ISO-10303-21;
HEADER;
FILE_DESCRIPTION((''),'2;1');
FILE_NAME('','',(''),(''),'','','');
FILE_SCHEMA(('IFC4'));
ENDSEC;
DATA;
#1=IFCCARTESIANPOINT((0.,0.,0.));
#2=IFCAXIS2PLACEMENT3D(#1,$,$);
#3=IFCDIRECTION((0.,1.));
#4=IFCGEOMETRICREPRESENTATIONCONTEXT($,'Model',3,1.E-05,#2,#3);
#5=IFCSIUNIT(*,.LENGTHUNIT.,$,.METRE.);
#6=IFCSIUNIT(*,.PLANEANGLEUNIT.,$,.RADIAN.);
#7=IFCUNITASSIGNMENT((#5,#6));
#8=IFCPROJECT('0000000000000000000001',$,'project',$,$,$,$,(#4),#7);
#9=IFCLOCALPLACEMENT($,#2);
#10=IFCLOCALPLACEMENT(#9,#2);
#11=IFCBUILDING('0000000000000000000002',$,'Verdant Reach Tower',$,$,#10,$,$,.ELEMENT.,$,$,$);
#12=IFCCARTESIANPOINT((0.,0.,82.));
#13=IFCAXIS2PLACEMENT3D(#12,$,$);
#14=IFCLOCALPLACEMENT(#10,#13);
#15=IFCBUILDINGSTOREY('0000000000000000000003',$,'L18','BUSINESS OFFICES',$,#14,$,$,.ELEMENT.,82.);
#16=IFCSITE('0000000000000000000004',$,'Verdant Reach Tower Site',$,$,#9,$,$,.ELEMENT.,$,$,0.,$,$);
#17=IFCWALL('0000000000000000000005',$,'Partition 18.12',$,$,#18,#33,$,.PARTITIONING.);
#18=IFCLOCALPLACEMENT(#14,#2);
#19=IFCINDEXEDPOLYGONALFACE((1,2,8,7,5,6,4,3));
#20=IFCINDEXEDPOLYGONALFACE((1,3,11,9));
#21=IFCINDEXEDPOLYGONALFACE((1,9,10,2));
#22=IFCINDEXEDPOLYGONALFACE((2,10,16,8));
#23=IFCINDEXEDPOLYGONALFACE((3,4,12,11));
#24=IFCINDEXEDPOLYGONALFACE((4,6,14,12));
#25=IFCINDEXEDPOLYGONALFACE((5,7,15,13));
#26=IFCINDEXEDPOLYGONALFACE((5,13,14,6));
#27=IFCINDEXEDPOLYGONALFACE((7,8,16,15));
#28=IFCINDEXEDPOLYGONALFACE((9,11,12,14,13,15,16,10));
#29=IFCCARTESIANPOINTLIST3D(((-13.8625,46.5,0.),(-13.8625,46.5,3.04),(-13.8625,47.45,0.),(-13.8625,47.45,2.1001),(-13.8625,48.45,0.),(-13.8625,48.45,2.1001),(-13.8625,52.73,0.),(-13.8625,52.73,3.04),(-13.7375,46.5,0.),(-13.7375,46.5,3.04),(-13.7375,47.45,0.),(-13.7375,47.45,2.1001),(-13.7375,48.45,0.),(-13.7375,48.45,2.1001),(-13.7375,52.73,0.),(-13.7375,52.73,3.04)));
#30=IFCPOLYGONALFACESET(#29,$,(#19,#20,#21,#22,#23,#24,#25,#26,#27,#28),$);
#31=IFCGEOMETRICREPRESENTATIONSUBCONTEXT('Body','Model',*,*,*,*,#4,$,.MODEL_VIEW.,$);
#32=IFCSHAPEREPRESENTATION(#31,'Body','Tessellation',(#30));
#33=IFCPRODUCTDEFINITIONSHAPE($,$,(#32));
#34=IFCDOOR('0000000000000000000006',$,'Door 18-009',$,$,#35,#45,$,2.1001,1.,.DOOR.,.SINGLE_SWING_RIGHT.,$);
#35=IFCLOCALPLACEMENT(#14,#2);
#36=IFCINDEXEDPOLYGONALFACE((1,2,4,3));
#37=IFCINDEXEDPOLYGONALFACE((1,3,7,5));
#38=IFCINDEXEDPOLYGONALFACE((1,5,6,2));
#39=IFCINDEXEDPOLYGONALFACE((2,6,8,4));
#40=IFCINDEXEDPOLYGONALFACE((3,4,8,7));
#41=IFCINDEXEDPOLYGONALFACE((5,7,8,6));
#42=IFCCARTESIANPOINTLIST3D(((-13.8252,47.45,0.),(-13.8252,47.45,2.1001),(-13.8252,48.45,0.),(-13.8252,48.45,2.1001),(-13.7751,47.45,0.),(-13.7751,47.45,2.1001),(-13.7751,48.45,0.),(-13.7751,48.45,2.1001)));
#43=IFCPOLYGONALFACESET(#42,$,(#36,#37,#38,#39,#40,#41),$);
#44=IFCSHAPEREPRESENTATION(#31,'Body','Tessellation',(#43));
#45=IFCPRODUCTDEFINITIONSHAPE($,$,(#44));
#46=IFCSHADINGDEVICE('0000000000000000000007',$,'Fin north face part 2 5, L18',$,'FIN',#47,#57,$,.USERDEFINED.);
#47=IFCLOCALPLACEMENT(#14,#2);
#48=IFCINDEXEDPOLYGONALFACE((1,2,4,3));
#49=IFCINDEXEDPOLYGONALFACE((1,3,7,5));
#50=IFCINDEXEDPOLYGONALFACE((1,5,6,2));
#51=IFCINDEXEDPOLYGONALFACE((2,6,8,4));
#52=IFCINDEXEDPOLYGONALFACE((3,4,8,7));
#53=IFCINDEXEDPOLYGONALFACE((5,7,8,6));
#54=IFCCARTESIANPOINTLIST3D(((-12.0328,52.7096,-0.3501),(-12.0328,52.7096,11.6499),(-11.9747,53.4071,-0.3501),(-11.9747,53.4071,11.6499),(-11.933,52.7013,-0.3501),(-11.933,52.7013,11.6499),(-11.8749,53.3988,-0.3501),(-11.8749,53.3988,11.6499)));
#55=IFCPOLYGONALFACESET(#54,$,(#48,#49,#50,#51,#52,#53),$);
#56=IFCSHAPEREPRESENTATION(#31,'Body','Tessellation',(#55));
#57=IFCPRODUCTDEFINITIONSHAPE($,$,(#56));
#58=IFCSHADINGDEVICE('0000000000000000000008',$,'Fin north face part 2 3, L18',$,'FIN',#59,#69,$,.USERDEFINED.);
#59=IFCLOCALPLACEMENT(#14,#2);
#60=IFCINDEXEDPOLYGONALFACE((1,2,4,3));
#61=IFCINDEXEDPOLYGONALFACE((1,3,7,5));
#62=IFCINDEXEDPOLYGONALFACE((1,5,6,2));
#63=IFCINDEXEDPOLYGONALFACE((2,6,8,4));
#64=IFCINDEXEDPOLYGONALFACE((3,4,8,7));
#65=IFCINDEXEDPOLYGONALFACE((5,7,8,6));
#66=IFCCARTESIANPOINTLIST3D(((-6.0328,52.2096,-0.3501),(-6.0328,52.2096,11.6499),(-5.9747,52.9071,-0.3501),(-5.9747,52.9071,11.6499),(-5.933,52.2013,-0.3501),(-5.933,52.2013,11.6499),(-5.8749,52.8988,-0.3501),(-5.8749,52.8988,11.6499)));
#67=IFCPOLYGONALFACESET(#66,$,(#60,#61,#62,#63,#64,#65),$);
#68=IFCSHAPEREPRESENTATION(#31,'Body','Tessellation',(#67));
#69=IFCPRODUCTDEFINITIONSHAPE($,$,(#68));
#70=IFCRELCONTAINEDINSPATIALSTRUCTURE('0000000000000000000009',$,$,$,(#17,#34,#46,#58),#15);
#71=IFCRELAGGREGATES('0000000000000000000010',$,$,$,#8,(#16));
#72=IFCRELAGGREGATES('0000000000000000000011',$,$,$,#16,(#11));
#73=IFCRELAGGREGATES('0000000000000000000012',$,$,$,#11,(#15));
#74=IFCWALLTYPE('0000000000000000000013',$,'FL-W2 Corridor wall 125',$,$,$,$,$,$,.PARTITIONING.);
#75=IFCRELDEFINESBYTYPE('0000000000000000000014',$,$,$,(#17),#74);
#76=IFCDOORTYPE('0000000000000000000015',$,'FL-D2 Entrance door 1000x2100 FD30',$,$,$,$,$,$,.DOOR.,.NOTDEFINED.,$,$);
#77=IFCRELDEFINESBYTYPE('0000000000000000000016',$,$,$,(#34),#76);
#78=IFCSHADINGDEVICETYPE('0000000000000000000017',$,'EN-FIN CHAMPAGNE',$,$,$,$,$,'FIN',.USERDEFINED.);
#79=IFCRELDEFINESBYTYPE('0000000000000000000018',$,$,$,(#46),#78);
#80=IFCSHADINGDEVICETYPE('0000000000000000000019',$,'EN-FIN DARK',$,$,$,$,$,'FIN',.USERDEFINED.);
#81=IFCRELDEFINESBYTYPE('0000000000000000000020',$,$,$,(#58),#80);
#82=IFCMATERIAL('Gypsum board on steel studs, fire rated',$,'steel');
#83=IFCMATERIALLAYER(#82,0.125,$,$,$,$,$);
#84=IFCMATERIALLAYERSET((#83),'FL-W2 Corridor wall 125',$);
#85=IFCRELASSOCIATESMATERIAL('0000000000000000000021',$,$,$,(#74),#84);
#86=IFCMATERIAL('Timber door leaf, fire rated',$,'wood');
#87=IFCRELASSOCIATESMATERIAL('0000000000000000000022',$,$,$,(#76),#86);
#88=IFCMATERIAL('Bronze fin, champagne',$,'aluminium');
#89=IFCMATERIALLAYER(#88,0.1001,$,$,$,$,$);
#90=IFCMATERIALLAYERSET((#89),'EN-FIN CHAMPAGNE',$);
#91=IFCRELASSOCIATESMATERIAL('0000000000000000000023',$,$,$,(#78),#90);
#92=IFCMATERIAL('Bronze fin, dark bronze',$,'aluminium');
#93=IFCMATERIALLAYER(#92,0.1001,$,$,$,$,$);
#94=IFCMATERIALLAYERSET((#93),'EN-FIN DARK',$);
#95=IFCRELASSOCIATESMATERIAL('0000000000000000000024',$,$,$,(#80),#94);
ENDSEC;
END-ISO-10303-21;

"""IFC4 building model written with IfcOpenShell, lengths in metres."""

from ifc_helpers import new_model, si_unit, direction, frame, frame_2d, origin, origin_2d, place, context, subcontext, project, spatial, rectangle, extrude, material, layer, layer_set, type_object, element, fill, save


model = new_model("IFC4")

# Units and contexts
model_context = context("Model", 3, precision=1e-05, world=origin(), true_north=direction((0.0, 1.0)))
body_context = subcontext(model_context, "Body", "Model", "MODEL_VIEW")
ifc_project = project(units=[si_unit("LENGTHUNIT", "METRE"), si_unit("PLANEANGLEUNIT", "RADIAN")], contexts=[model_context])

# Site, building, storey
site_placement = place(None, origin())
site = spatial("IfcSite", under=ifc_project, at=site_placement, Name="Verdant Reach Tower Site", CompositionType="ELEMENT", RefElevation=0.0)
building_placement = place(site_placement, origin())
building = spatial("IfcBuilding", under=site, at=building_placement, Name="Verdant Reach Tower", CompositionType="ELEMENT")
storey_placement = place(building_placement, frame((0.0, 0.0, 82.0)))
storey = spatial("IfcBuildingStorey", under=building, at=storey_placement, Name="L18", Description="BUSINESS OFFICES", CompositionType="ELEMENT", Elevation=82.0)

# Shared definitions
ifc_material_1 = material(Name="Gypsum board on steel studs, fire rated", Category="steel")
ifc_layer_1 = layer(ifc_material_1, 0.125)
ifc_layer_set_1 = layer_set([ifc_layer_1], Name="FL-W2 Corridor wall 125")
wall_type_1 = type_object("IfcWallType", Name="FL-W2 Corridor wall 125", PredefinedType="PARTITIONING", material=ifc_layer_set_1)
ifc_material_2 = material(Name="Timber door leaf, fire rated", Category="wood")
door_type_1 = type_object("IfcDoorType", Name="FL-D2 Entrance door 1000x2100 FD30", OperationType="NOTDEFINED", PredefinedType="DOOR", material=ifc_material_2)

# Wall, opening, door
wall_1_placement = place(storey_placement, frame((-13.8, 52.73, 0.0), z_axis=(0.0, 0.0, 1.0), x_axis=(0.0, -1.0, 0.0)))
wall_1 = element("IfcWall", 1, at=wall_1_placement, inside=storey, type_object=wall_type_1, Name="Partition 18.12", PredefinedType="PARTITIONING", context=body_context, shape_type="SweptSolid", body=[
    extrude(rectangle(XDim=6.23, YDim=0.125, at=frame_2d((3.115, 0.0))), origin(), (0.0, 0.0, 1.0), 3.04),
])
opening_1_placement = place(wall_1_placement, frame((4.28, 0.0, 0.0)))
opening_1 = element("IfcOpeningElement", 2, at=opening_1_placement, cuts=wall_1, PredefinedType="OPENING", context=body_context, shape_type="SweptSolid", body=[
    extrude(rectangle(XDim=1.0, YDim=2.1001, at=frame_2d((0.5, 1.05))), frame((0.0, 0.0725, 0.0), z_axis=(0.0, -1.0, 0.0), x_axis=(1.0, 0.0, 0.0)), (0.0, 0.0, 1.0), 0.145),
])
door_1_placement = place(opening_1_placement, origin())
door_1 = element("IfcDoor", 3, at=door_1_placement, inside=storey, type_object=door_type_1, Name="Door 18-009", OperationType="SINGLE_SWING_RIGHT", OverallHeight=2.1001, OverallWidth=1.0, PredefinedType="DOOR", context=body_context, shape_type="SweptSolid", body=[
    extrude(rectangle(XDim=1.0, YDim=2.1001, at=frame_2d((0.5, 1.05))), frame((0.0, 0.0249, 0.0), z_axis=(0.0, -1.0, 0.0), x_axis=(1.0, 0.0, 0.0)), (0.0, 0.0, 1.0), 0.05),
])
fill(opening_1, door_1)

# Shading devices
ifc_material_3 = material(Name="Bronze fin, champagne", Category="aluminium")
ifc_layer_2 = layer(ifc_material_3, 0.1001)
ifc_layer_set_2 = layer_set([ifc_layer_2], Name="EN-FIN CHAMPAGNE")
shading_device_type_1 = type_object("IfcShadingDeviceType", Name="EN-FIN CHAMPAGNE", ElementType="FIN", PredefinedType="USERDEFINED", material=ifc_layer_set_2)
shading_device_1_placement = place(storey_placement, frame((-11.9539, 53.0542, -0.3501), z_axis=(0.0, 0.0, 1.0), x_axis=(-0.996546, 0.083045, 0.0)))
element("IfcShadingDevice", 4, at=shading_device_1_placement, inside=storey, type_object=shading_device_type_1, Name="Fin north face part 2 5, L18", ObjectType="FIN", PredefinedType="USERDEFINED", context=body_context, shape_type="SweptSolid", body=[
    extrude(rectangle(XDim=0.1001, YDim=0.7, at=origin_2d()), origin(), (0.0, 0.0, 1.0), 12.0),
])
ifc_material_4 = material(Name="Bronze fin, dark bronze", Category="aluminium")
ifc_layer_3 = layer(ifc_material_4, 0.1001)
ifc_layer_set_3 = layer_set([ifc_layer_3], Name="EN-FIN DARK")
shading_device_type_2 = type_object("IfcShadingDeviceType", Name="EN-FIN DARK", ElementType="FIN", PredefinedType="USERDEFINED", material=ifc_layer_set_3)
shading_device_2_placement = place(storey_placement, frame((-5.9539, 52.5542, -0.3501), z_axis=(0.0, 0.0, 1.0), x_axis=(-0.996546, 0.083045, 0.0)))
element("IfcShadingDevice", 5, at=shading_device_2_placement, inside=storey, type_object=shading_device_type_2, Name="Fin north face part 2 3, L18", ObjectType="FIN", PredefinedType="USERDEFINED", context=body_context, shape_type="SweptSolid", body=[
    extrude(rectangle(XDim=0.1001, YDim=0.7, at=origin_2d()), origin(), (0.0, 0.0, 1.0), 12.0),
])

save(model, "model.ifc")
